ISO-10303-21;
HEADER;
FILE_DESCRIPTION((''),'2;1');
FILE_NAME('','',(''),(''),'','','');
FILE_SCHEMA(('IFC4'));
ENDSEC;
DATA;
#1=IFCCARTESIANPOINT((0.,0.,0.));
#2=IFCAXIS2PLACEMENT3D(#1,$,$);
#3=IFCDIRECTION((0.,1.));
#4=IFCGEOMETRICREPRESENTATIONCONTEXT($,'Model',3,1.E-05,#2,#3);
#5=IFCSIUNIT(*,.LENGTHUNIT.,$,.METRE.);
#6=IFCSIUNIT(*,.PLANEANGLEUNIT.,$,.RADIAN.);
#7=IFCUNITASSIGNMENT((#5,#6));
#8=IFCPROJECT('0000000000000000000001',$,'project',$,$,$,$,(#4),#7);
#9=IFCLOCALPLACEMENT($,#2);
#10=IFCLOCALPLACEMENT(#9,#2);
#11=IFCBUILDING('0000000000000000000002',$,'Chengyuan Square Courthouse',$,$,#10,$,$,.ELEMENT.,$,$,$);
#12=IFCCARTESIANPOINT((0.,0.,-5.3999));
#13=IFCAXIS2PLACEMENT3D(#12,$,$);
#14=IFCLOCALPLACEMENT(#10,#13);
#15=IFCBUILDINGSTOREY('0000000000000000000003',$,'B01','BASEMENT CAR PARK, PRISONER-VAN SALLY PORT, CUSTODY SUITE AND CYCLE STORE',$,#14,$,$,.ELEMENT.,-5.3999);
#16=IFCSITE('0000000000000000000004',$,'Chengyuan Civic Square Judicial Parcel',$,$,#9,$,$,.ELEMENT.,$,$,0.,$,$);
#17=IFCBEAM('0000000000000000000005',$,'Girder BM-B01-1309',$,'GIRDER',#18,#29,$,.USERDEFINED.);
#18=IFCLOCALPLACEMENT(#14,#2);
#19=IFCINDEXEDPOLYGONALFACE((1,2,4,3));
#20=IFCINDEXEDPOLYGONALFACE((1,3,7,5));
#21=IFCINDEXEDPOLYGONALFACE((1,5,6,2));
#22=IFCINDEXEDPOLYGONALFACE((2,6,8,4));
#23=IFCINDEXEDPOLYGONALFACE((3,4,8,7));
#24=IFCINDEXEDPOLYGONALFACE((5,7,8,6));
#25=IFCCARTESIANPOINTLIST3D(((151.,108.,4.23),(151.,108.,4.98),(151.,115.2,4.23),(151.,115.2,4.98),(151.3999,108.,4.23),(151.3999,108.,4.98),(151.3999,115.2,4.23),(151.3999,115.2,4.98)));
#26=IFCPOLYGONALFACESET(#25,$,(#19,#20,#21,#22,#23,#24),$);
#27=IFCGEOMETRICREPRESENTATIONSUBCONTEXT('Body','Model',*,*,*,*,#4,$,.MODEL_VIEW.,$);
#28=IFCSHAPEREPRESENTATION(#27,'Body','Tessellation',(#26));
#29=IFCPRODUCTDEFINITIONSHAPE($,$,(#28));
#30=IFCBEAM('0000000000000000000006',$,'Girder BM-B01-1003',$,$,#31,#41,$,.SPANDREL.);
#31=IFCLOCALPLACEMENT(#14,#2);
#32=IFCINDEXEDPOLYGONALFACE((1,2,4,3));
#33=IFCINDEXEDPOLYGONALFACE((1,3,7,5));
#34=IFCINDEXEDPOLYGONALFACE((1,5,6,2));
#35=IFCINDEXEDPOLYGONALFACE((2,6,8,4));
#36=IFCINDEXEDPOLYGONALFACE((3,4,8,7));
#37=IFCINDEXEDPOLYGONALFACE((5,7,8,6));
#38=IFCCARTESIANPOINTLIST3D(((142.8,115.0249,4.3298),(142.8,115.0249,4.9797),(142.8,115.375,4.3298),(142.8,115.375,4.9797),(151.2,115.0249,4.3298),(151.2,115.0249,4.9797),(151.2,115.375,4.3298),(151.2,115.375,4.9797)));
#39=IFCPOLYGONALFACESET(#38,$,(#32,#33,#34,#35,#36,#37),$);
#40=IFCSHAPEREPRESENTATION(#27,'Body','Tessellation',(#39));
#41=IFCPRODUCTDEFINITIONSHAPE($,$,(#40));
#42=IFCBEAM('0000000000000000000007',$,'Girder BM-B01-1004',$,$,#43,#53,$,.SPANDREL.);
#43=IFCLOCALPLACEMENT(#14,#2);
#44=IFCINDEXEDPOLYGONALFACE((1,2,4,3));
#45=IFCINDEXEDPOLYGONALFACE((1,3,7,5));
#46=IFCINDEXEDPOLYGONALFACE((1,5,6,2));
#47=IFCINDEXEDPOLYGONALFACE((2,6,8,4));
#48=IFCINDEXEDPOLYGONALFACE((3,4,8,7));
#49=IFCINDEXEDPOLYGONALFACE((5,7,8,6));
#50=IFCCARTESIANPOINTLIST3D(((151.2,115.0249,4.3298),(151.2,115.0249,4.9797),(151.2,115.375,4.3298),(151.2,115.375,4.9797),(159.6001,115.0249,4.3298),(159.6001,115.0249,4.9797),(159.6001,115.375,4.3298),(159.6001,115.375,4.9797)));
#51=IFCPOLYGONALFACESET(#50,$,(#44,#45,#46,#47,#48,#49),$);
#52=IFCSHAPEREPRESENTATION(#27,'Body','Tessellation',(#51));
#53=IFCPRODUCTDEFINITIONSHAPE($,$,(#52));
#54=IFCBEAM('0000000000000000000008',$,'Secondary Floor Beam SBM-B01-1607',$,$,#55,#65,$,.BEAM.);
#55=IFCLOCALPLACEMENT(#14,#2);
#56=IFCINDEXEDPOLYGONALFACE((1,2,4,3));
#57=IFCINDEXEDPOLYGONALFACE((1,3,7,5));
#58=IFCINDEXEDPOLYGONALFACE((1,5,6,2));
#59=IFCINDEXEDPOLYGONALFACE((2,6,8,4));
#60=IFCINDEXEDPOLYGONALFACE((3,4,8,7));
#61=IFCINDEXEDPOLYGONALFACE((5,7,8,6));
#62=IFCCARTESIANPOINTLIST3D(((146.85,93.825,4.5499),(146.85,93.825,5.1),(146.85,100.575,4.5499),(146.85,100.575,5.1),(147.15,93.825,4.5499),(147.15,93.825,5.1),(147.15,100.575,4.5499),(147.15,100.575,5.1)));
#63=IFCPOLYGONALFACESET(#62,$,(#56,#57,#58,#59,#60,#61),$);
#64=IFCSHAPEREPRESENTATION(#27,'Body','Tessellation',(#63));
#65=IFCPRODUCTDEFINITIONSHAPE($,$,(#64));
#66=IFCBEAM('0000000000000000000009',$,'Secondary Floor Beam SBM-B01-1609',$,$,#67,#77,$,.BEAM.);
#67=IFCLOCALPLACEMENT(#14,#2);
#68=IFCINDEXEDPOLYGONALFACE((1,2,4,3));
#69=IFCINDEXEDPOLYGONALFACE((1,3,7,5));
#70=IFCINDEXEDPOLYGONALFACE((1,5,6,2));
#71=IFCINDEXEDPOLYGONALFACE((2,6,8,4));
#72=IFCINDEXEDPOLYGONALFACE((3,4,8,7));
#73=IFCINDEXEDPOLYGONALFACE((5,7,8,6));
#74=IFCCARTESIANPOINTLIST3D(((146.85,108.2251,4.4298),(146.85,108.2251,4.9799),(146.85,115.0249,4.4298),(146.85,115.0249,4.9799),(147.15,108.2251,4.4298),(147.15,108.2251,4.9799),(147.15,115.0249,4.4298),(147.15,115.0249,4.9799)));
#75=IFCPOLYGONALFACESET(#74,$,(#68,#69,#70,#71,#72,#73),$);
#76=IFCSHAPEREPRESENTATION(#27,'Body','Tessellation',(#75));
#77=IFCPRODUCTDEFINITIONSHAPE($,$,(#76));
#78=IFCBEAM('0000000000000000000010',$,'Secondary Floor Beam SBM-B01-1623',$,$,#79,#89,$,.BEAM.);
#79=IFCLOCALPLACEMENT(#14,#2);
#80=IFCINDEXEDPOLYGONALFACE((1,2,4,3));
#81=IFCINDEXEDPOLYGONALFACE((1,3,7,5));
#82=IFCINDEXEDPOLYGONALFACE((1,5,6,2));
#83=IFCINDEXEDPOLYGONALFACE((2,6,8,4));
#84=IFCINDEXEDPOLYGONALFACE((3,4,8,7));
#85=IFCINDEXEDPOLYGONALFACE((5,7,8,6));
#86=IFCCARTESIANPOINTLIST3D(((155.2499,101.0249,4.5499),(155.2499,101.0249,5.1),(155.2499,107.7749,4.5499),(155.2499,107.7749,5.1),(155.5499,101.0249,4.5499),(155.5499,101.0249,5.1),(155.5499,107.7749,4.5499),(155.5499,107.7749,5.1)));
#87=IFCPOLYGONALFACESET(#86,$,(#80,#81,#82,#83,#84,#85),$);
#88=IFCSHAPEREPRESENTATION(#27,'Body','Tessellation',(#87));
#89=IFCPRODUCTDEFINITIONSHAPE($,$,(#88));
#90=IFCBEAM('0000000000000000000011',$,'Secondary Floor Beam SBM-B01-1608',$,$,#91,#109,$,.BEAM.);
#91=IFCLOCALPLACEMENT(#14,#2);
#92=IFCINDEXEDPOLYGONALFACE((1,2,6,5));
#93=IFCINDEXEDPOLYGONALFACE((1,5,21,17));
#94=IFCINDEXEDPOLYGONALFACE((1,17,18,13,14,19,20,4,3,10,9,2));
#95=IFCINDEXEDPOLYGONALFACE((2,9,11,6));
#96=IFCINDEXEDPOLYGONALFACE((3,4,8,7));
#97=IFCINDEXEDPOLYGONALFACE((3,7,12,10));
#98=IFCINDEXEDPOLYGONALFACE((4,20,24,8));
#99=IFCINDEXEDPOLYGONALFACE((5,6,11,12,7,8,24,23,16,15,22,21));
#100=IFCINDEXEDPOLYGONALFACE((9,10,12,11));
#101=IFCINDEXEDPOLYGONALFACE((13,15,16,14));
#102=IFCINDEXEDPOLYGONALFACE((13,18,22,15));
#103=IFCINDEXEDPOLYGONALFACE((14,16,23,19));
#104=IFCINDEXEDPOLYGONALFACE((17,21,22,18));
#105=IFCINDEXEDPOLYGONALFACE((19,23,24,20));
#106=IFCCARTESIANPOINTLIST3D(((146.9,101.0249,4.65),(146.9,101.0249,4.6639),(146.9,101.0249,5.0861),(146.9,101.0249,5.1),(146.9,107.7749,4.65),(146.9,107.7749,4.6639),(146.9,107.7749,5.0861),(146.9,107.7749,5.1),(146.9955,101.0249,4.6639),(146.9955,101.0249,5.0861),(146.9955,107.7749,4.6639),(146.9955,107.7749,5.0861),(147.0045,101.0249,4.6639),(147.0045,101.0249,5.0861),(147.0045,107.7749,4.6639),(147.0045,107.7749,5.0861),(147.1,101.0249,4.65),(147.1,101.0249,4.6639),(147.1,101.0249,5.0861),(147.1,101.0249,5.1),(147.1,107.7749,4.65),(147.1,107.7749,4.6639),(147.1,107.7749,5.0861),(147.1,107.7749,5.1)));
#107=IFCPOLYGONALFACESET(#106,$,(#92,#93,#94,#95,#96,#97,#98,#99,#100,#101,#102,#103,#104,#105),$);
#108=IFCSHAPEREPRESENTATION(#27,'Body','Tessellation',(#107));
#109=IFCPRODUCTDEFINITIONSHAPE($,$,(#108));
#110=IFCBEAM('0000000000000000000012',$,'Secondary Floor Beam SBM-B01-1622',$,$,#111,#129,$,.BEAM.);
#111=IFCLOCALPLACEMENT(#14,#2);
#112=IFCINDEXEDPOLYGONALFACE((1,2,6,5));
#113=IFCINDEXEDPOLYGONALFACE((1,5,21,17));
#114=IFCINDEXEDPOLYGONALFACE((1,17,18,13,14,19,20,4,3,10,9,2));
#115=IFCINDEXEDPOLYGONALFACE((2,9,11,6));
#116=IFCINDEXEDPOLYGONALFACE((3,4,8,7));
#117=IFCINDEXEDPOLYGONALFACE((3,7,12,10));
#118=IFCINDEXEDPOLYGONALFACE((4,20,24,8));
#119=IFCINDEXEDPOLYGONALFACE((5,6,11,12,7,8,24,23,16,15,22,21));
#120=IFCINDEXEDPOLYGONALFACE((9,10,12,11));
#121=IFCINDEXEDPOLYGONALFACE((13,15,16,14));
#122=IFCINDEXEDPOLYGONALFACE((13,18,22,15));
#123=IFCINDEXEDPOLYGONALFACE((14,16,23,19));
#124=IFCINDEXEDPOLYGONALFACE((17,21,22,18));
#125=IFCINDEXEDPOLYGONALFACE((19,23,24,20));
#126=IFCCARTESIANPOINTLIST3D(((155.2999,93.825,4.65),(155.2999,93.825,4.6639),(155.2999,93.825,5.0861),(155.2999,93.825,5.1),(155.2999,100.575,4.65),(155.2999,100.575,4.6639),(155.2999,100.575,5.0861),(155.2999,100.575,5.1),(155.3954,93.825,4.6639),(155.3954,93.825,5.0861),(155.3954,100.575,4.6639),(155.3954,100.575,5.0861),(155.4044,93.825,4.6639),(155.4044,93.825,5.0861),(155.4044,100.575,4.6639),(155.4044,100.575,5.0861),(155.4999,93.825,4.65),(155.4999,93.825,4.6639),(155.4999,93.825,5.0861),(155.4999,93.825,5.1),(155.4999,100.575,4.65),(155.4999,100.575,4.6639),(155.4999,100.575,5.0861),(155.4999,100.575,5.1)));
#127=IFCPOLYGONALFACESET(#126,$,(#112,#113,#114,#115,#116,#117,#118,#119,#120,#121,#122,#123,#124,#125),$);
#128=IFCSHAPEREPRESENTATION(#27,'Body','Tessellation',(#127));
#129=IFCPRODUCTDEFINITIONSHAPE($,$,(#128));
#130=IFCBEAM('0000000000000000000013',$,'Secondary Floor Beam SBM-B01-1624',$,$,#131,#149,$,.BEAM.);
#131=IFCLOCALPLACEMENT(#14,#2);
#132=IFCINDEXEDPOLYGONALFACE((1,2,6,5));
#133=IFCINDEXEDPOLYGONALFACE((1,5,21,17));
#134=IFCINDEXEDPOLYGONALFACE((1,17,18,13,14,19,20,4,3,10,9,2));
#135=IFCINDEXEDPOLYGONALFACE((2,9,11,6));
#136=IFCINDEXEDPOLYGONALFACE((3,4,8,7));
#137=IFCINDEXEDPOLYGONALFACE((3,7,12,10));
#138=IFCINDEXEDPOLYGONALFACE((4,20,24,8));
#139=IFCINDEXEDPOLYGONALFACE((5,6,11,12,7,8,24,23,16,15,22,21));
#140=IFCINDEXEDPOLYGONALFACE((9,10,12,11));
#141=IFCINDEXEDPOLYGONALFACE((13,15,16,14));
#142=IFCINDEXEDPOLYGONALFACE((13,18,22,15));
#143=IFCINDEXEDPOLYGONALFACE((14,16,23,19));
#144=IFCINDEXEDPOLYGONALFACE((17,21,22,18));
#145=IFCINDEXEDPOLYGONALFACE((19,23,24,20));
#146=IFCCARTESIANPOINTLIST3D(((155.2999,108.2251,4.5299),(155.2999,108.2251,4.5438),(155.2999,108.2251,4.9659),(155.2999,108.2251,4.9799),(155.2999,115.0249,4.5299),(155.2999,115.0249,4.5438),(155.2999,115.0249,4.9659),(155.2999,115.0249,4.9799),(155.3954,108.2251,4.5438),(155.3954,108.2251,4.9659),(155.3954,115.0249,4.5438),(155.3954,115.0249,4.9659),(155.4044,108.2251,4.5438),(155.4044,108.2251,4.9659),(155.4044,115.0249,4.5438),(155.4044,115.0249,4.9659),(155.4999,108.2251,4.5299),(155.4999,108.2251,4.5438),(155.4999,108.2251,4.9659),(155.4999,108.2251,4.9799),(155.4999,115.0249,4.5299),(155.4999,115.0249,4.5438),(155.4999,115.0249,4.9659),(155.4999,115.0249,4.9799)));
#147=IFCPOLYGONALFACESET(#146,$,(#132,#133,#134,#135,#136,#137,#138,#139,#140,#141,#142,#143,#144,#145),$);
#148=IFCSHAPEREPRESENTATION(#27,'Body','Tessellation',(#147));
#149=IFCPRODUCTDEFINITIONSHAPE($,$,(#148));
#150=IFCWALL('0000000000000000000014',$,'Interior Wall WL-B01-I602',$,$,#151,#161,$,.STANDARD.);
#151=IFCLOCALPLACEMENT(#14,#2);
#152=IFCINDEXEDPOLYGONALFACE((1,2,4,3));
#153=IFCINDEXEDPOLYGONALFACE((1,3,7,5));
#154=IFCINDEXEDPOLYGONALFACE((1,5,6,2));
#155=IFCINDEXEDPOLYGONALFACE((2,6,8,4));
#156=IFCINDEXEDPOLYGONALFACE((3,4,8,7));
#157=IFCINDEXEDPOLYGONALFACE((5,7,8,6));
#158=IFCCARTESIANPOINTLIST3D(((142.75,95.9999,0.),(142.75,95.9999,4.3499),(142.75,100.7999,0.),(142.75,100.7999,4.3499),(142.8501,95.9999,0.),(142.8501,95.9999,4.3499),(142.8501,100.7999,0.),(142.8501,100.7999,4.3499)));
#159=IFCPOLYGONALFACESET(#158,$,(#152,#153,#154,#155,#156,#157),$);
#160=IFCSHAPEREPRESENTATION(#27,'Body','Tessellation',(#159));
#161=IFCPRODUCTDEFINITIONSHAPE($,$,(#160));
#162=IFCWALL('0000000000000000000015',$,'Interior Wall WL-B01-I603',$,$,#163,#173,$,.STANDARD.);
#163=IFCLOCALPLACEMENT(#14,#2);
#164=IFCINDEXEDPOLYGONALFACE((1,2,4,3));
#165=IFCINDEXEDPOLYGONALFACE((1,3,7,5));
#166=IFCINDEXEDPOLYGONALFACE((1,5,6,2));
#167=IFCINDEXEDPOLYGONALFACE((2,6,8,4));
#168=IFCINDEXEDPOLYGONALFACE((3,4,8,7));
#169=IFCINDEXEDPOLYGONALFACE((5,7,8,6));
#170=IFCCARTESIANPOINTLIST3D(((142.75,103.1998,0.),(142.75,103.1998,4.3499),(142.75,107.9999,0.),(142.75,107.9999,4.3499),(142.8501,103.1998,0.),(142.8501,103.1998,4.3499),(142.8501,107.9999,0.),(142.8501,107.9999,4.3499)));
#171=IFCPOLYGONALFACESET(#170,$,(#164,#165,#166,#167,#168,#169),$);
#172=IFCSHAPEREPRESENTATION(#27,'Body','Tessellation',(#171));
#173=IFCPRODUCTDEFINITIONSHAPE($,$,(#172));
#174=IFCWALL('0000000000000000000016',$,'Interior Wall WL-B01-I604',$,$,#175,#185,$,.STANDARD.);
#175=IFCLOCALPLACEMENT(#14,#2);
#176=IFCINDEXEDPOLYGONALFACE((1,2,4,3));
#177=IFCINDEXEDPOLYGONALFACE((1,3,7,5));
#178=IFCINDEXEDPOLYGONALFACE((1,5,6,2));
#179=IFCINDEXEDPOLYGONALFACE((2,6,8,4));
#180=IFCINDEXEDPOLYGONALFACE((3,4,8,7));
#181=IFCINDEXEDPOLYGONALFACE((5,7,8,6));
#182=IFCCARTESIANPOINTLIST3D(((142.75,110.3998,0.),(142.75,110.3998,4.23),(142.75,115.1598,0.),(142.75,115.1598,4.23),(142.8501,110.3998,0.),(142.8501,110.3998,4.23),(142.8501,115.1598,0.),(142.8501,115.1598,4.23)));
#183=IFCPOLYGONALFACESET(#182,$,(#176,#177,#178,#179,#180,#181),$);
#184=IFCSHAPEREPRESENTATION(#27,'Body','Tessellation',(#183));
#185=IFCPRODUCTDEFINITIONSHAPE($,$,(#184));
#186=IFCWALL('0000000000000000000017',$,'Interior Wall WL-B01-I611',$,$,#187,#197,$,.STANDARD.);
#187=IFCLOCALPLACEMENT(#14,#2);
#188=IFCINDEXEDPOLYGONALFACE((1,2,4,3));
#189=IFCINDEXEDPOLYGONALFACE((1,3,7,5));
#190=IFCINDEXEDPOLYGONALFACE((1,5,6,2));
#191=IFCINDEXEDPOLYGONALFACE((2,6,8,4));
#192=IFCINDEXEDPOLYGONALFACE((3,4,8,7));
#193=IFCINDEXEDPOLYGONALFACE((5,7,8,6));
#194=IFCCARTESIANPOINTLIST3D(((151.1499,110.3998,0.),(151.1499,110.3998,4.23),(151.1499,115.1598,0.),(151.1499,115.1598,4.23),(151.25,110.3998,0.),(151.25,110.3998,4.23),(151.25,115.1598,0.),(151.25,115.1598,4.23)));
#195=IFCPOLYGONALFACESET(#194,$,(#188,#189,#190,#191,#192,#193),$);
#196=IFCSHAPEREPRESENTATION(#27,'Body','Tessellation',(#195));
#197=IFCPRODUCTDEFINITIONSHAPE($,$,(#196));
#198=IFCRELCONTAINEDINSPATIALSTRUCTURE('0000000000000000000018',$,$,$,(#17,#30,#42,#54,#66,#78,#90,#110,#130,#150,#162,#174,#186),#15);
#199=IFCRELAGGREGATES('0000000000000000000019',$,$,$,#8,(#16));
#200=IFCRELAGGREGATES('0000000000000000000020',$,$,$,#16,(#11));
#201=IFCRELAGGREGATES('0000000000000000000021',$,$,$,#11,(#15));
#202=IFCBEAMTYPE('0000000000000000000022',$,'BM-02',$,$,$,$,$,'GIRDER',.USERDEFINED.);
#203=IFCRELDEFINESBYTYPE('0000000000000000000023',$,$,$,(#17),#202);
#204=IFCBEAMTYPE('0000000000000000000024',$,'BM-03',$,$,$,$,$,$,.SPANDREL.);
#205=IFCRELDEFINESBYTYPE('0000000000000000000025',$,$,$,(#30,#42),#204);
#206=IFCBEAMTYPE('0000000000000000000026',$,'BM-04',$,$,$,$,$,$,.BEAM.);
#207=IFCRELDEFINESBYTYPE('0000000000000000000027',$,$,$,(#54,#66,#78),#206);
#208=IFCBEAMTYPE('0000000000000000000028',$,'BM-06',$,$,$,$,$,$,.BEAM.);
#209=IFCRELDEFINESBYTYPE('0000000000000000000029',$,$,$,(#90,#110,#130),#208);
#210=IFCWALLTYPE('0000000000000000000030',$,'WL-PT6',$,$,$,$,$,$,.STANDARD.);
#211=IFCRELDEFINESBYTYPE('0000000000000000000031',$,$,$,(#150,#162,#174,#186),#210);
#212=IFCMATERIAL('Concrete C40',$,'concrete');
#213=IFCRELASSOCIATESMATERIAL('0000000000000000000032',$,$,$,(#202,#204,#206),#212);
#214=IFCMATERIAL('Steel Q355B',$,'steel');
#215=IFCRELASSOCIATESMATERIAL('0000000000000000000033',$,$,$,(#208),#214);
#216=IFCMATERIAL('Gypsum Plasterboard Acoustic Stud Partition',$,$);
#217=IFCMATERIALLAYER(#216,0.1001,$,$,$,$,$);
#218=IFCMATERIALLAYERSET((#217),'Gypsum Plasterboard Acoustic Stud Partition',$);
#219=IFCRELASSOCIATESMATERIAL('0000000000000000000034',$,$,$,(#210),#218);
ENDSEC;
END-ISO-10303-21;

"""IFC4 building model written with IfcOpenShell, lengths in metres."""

from ifc_helpers import new_model, si_unit, direction, frame, frame_2d, origin, origin_2d, place, context, subcontext, project, spatial, rectangle, i_section, extrude, material, layer, layer_set, material_profile, profile_set, type_object, element, save


model = new_model("IFC4")

# Units and contexts
model_context = context("Model", 3, precision=1e-05, world=origin(), true_north=direction((0.0, 1.0)))
body_context = subcontext(model_context, "Body", "Model", "MODEL_VIEW")
ifc_project = project(units=[si_unit("LENGTHUNIT", "METRE"), si_unit("PLANEANGLEUNIT", "RADIAN")], contexts=[model_context])

# Site, building, storey
site_placement = place(None, origin())
site = spatial("IfcSite", under=ifc_project, at=site_placement, Name="Chengyuan Civic Square Judicial Parcel", CompositionType="ELEMENT", RefElevation=0.0)
building_placement = place(site_placement, origin())
building = spatial("IfcBuilding", under=site, at=building_placement, Name="Chengyuan Square Courthouse", CompositionType="ELEMENT")
storey_placement = place(building_placement, frame((0.0, 0.0, -5.3999)))
storey = spatial("IfcBuildingStorey", under=building, at=storey_placement, Name="B01", Description="BASEMENT CAR PARK, PRISONER-VAN SALLY PORT, CUSTODY SUITE AND CYCLE STORE", CompositionType="ELEMENT", Elevation=-5.3999)

# Beams
ifc_material_1 = material(Name="Concrete C40", Category="concrete")
ifc_material_profile_1 = material_profile(ifc_material_1, rectangle(XDim=0.3999, YDim=0.75, at=origin_2d()), Name="RC-BM-400x750")
ifc_profile_set_1 = profile_set([ifc_material_profile_1], Name="Concrete C40")
beam_type_1 = type_object("IfcBeamType", Name="BM-02", ElementType="GIRDER", PredefinedType="USERDEFINED", material=ifc_profile_set_1)
for number, where, z_axis, x_axis, name in (
    (1, (151.2, 108.0, 4.605), (0.0, 1.0, 0.0), (-1.0, 0.0, 0.0), "Girder BM-B01-1309"),
):
    element("IfcBeam", number, at=place(storey_placement, frame(where, z_axis=z_axis, x_axis=x_axis)), inside=storey, type_object=beam_type_1, Name=name, ObjectType="GIRDER", PredefinedType="USERDEFINED", context=body_context, shape_type="SweptSolid", body=[
        extrude(rectangle(XDim=0.3999, YDim=0.75, at=origin_2d()), origin(), (0.0, 0.0, 1.0), 7.2),
    ])
ifc_material_profile_2 = material_profile(ifc_material_1, rectangle(XDim=0.3501, YDim=0.6499, at=origin_2d()), Name="RC-BM-350x650")
ifc_profile_set_2 = profile_set([ifc_material_profile_2], Name="Concrete C40")
beam_type_2 = type_object("IfcBeamType", Name="BM-03", PredefinedType="SPANDREL", material=ifc_profile_set_2)
beam_1_placement = place(storey_placement, frame((142.8, 115.2, 4.6548), z_axis=(1.0, 0.0, 0.0), x_axis=(0.0, 1.0, 0.0)))
element("IfcBeam", 2, at=beam_1_placement, inside=storey, type_object=beam_type_2, Name="Girder BM-B01-1003", PredefinedType="SPANDREL", context=body_context, shape_type="SweptSolid", body=[
    extrude(rectangle(XDim=0.3501, YDim=0.6499, at=origin_2d()), origin(), (0.0, 0.0, 1.0), 8.3999),
])
beam_2_placement = place(storey_placement, frame((151.2, 115.2, 4.6548), z_axis=(1.0, 0.0, 0.0), x_axis=(0.0, 1.0, 0.0)))
element("IfcBeam", 3, at=beam_2_placement, inside=storey, type_object=beam_type_2, Name="Girder BM-B01-1004", PredefinedType="SPANDREL", context=body_context, shape_type="SweptSolid", body=[
    extrude(rectangle(XDim=0.3501, YDim=0.6499, at=origin_2d()), origin(), (0.0, 0.0, 1.0), 8.4001),
])
ifc_material_profile_3 = material_profile(ifc_material_1, rectangle(XDim=0.3, YDim=0.55, at=origin_2d()), Name="RC-BM-300x550")
ifc_profile_set_3 = profile_set([ifc_material_profile_3], Name="Concrete C40")
beam_type_3 = type_object("IfcBeamType", Name="BM-04", PredefinedType="BEAM", material=ifc_profile_set_3)
beam_3_placement = place(storey_placement, frame((147.0, 93.825, 4.825), z_axis=(0.0, 1.0, 0.0), x_axis=(-1.0, 0.0, 0.0)))
element("IfcBeam", 4, at=beam_3_placement, inside=storey, type_object=beam_type_3, Name="Secondary Floor Beam SBM-B01-1607", PredefinedType="BEAM", context=body_context, shape_type="SweptSolid", body=[
    extrude(rectangle(XDim=0.3, YDim=0.55, at=origin_2d()), origin(), (0.0, 0.0, 1.0), 6.75),
])
beam_4_placement = place(storey_placement, frame((147.0, 108.2251, 4.7048), z_axis=(0.0, 1.0, 0.0), x_axis=(-1.0, 0.0, 0.0)))
element("IfcBeam", 5, at=beam_4_placement, inside=storey, type_object=beam_type_3, Name="Secondary Floor Beam SBM-B01-1609", PredefinedType="BEAM", context=body_context, shape_type="SweptSolid", body=[
    extrude(rectangle(XDim=0.3, YDim=0.55, at=origin_2d()), origin(), (0.0, 0.0, 1.0), 6.7998),
])
beam_5_placement = place(storey_placement, frame((155.3999, 101.0249, 4.825), z_axis=(0.0, 1.0, 0.0), x_axis=(-1.0, 0.0, 0.0)))
element("IfcBeam", 6, at=beam_5_placement, inside=storey, type_object=beam_type_3, Name="Secondary Floor Beam SBM-B01-1623", PredefinedType="BEAM", context=body_context, shape_type="SweptSolid", body=[
    extrude(rectangle(XDim=0.3, YDim=0.55, at=origin_2d()), origin(), (0.0, 0.0, 1.0), 6.75),
])
ifc_material_2 = material(Name="Steel Q355B", Category="steel")
ifc_material_profile_4 = material_profile(ifc_material_2, i_section(OverallWidth=0.2, OverallDepth=0.45, WebThickness=0.009, FlangeThickness=0.0139, at=origin_2d()), Name="HN 450x200x9x14")
ifc_profile_set_4 = profile_set([ifc_material_profile_4], Name="Steel Q355B")
beam_type_4 = type_object("IfcBeamType", Name="BM-06", PredefinedType="BEAM", material=ifc_profile_set_4)
for number, where, z_axis, x_axis, name in (
    (7, (147.0, 101.0249, 4.875), (0.0, 1.0, 0.0), (-1.0, 0.0, 0.0), "Secondary Floor Beam SBM-B01-1608"),
    (8, (155.3999, 93.825, 4.875), (0.0, 1.0, 0.0), (-1.0, 0.0, 0.0), "Secondary Floor Beam SBM-B01-1622"),
):
    element("IfcBeam", number, at=place(storey_placement, frame(where, z_axis=z_axis, x_axis=x_axis)), inside=storey, type_object=beam_type_4, Name=name, PredefinedType="BEAM", context=body_context, shape_type="SweptSolid", body=[
        extrude(i_section(OverallWidth=0.2, OverallDepth=0.45, WebThickness=0.009, FlangeThickness=0.0139, at=origin_2d()), origin(), (0.0, 0.0, 1.0), 6.75),
    ])
beam_6_placement = place(storey_placement, frame((155.3999, 108.2251, 4.7549), z_axis=(0.0, 1.0, 0.0), x_axis=(-1.0, 0.0, 0.0)))
element("IfcBeam", 9, at=beam_6_placement, inside=storey, type_object=beam_type_4, Name="Secondary Floor Beam SBM-B01-1624", PredefinedType="BEAM", context=body_context, shape_type="SweptSolid", body=[
    extrude(i_section(OverallWidth=0.2, OverallDepth=0.45, WebThickness=0.009, FlangeThickness=0.0139, at=origin_2d()), origin(), (0.0, 0.0, 1.0), 6.7998),
])

# Walls
ifc_material_3 = material(Name="Gypsum Plasterboard Acoustic Stud Partition")
ifc_layer_1 = layer(ifc_material_3, 0.1001)
ifc_layer_set_1 = layer_set([ifc_layer_1], Name="Gypsum Plasterboard Acoustic Stud Partition")
wall_type_1 = type_object("IfcWallType", Name="WL-PT6", PredefinedType="STANDARD", material=ifc_layer_set_1)
for number, where, z_axis, x_axis, name in (
    (10, (142.8, 96.0, 0.0), (0.0, 0.0, 1.0), (0.0, 1.0, 0.0), "Interior Wall WL-B01-I602"),
    (11, (142.8, 103.2, 0.0), (0.0, 0.0, 1.0), (0.0, 1.0, 0.0), "Interior Wall WL-B01-I603"),
):
    element("IfcWall", number, at=place(storey_placement, frame(where, z_axis=z_axis, x_axis=x_axis)), inside=storey, type_object=wall_type_1, Name=name, PredefinedType="STANDARD", context=body_context, shape_type="SweptSolid", body=[
        extrude(rectangle(XDim=4.8, YDim=0.1001, at=frame_2d((2.3999, 0.0))), origin(), (0.0, 0.0, 1.0), 4.3499),
    ])
for number, where, z_axis, x_axis, name in (
    (12, (142.8, 110.3999, 0.0), (0.0, 0.0, 1.0), (0.0, 1.0, 0.0), "Interior Wall WL-B01-I604"),
    (13, (151.2, 110.3999, 0.0), (0.0, 0.0, 1.0), (0.0, 1.0, 0.0), "Interior Wall WL-B01-I611"),
):
    element("IfcWall", number, at=place(storey_placement, frame(where, z_axis=z_axis, x_axis=x_axis)), inside=storey, type_object=wall_type_1, Name=name, PredefinedType="STANDARD", context=body_context, shape_type="SweptSolid", body=[
        extrude(rectangle(XDim=4.76, YDim=0.1001, at=frame_2d((2.3799, 0.0))), origin(), (0.0, 0.0, 1.0), 4.23),
    ])

save(model, "model.ifc")
